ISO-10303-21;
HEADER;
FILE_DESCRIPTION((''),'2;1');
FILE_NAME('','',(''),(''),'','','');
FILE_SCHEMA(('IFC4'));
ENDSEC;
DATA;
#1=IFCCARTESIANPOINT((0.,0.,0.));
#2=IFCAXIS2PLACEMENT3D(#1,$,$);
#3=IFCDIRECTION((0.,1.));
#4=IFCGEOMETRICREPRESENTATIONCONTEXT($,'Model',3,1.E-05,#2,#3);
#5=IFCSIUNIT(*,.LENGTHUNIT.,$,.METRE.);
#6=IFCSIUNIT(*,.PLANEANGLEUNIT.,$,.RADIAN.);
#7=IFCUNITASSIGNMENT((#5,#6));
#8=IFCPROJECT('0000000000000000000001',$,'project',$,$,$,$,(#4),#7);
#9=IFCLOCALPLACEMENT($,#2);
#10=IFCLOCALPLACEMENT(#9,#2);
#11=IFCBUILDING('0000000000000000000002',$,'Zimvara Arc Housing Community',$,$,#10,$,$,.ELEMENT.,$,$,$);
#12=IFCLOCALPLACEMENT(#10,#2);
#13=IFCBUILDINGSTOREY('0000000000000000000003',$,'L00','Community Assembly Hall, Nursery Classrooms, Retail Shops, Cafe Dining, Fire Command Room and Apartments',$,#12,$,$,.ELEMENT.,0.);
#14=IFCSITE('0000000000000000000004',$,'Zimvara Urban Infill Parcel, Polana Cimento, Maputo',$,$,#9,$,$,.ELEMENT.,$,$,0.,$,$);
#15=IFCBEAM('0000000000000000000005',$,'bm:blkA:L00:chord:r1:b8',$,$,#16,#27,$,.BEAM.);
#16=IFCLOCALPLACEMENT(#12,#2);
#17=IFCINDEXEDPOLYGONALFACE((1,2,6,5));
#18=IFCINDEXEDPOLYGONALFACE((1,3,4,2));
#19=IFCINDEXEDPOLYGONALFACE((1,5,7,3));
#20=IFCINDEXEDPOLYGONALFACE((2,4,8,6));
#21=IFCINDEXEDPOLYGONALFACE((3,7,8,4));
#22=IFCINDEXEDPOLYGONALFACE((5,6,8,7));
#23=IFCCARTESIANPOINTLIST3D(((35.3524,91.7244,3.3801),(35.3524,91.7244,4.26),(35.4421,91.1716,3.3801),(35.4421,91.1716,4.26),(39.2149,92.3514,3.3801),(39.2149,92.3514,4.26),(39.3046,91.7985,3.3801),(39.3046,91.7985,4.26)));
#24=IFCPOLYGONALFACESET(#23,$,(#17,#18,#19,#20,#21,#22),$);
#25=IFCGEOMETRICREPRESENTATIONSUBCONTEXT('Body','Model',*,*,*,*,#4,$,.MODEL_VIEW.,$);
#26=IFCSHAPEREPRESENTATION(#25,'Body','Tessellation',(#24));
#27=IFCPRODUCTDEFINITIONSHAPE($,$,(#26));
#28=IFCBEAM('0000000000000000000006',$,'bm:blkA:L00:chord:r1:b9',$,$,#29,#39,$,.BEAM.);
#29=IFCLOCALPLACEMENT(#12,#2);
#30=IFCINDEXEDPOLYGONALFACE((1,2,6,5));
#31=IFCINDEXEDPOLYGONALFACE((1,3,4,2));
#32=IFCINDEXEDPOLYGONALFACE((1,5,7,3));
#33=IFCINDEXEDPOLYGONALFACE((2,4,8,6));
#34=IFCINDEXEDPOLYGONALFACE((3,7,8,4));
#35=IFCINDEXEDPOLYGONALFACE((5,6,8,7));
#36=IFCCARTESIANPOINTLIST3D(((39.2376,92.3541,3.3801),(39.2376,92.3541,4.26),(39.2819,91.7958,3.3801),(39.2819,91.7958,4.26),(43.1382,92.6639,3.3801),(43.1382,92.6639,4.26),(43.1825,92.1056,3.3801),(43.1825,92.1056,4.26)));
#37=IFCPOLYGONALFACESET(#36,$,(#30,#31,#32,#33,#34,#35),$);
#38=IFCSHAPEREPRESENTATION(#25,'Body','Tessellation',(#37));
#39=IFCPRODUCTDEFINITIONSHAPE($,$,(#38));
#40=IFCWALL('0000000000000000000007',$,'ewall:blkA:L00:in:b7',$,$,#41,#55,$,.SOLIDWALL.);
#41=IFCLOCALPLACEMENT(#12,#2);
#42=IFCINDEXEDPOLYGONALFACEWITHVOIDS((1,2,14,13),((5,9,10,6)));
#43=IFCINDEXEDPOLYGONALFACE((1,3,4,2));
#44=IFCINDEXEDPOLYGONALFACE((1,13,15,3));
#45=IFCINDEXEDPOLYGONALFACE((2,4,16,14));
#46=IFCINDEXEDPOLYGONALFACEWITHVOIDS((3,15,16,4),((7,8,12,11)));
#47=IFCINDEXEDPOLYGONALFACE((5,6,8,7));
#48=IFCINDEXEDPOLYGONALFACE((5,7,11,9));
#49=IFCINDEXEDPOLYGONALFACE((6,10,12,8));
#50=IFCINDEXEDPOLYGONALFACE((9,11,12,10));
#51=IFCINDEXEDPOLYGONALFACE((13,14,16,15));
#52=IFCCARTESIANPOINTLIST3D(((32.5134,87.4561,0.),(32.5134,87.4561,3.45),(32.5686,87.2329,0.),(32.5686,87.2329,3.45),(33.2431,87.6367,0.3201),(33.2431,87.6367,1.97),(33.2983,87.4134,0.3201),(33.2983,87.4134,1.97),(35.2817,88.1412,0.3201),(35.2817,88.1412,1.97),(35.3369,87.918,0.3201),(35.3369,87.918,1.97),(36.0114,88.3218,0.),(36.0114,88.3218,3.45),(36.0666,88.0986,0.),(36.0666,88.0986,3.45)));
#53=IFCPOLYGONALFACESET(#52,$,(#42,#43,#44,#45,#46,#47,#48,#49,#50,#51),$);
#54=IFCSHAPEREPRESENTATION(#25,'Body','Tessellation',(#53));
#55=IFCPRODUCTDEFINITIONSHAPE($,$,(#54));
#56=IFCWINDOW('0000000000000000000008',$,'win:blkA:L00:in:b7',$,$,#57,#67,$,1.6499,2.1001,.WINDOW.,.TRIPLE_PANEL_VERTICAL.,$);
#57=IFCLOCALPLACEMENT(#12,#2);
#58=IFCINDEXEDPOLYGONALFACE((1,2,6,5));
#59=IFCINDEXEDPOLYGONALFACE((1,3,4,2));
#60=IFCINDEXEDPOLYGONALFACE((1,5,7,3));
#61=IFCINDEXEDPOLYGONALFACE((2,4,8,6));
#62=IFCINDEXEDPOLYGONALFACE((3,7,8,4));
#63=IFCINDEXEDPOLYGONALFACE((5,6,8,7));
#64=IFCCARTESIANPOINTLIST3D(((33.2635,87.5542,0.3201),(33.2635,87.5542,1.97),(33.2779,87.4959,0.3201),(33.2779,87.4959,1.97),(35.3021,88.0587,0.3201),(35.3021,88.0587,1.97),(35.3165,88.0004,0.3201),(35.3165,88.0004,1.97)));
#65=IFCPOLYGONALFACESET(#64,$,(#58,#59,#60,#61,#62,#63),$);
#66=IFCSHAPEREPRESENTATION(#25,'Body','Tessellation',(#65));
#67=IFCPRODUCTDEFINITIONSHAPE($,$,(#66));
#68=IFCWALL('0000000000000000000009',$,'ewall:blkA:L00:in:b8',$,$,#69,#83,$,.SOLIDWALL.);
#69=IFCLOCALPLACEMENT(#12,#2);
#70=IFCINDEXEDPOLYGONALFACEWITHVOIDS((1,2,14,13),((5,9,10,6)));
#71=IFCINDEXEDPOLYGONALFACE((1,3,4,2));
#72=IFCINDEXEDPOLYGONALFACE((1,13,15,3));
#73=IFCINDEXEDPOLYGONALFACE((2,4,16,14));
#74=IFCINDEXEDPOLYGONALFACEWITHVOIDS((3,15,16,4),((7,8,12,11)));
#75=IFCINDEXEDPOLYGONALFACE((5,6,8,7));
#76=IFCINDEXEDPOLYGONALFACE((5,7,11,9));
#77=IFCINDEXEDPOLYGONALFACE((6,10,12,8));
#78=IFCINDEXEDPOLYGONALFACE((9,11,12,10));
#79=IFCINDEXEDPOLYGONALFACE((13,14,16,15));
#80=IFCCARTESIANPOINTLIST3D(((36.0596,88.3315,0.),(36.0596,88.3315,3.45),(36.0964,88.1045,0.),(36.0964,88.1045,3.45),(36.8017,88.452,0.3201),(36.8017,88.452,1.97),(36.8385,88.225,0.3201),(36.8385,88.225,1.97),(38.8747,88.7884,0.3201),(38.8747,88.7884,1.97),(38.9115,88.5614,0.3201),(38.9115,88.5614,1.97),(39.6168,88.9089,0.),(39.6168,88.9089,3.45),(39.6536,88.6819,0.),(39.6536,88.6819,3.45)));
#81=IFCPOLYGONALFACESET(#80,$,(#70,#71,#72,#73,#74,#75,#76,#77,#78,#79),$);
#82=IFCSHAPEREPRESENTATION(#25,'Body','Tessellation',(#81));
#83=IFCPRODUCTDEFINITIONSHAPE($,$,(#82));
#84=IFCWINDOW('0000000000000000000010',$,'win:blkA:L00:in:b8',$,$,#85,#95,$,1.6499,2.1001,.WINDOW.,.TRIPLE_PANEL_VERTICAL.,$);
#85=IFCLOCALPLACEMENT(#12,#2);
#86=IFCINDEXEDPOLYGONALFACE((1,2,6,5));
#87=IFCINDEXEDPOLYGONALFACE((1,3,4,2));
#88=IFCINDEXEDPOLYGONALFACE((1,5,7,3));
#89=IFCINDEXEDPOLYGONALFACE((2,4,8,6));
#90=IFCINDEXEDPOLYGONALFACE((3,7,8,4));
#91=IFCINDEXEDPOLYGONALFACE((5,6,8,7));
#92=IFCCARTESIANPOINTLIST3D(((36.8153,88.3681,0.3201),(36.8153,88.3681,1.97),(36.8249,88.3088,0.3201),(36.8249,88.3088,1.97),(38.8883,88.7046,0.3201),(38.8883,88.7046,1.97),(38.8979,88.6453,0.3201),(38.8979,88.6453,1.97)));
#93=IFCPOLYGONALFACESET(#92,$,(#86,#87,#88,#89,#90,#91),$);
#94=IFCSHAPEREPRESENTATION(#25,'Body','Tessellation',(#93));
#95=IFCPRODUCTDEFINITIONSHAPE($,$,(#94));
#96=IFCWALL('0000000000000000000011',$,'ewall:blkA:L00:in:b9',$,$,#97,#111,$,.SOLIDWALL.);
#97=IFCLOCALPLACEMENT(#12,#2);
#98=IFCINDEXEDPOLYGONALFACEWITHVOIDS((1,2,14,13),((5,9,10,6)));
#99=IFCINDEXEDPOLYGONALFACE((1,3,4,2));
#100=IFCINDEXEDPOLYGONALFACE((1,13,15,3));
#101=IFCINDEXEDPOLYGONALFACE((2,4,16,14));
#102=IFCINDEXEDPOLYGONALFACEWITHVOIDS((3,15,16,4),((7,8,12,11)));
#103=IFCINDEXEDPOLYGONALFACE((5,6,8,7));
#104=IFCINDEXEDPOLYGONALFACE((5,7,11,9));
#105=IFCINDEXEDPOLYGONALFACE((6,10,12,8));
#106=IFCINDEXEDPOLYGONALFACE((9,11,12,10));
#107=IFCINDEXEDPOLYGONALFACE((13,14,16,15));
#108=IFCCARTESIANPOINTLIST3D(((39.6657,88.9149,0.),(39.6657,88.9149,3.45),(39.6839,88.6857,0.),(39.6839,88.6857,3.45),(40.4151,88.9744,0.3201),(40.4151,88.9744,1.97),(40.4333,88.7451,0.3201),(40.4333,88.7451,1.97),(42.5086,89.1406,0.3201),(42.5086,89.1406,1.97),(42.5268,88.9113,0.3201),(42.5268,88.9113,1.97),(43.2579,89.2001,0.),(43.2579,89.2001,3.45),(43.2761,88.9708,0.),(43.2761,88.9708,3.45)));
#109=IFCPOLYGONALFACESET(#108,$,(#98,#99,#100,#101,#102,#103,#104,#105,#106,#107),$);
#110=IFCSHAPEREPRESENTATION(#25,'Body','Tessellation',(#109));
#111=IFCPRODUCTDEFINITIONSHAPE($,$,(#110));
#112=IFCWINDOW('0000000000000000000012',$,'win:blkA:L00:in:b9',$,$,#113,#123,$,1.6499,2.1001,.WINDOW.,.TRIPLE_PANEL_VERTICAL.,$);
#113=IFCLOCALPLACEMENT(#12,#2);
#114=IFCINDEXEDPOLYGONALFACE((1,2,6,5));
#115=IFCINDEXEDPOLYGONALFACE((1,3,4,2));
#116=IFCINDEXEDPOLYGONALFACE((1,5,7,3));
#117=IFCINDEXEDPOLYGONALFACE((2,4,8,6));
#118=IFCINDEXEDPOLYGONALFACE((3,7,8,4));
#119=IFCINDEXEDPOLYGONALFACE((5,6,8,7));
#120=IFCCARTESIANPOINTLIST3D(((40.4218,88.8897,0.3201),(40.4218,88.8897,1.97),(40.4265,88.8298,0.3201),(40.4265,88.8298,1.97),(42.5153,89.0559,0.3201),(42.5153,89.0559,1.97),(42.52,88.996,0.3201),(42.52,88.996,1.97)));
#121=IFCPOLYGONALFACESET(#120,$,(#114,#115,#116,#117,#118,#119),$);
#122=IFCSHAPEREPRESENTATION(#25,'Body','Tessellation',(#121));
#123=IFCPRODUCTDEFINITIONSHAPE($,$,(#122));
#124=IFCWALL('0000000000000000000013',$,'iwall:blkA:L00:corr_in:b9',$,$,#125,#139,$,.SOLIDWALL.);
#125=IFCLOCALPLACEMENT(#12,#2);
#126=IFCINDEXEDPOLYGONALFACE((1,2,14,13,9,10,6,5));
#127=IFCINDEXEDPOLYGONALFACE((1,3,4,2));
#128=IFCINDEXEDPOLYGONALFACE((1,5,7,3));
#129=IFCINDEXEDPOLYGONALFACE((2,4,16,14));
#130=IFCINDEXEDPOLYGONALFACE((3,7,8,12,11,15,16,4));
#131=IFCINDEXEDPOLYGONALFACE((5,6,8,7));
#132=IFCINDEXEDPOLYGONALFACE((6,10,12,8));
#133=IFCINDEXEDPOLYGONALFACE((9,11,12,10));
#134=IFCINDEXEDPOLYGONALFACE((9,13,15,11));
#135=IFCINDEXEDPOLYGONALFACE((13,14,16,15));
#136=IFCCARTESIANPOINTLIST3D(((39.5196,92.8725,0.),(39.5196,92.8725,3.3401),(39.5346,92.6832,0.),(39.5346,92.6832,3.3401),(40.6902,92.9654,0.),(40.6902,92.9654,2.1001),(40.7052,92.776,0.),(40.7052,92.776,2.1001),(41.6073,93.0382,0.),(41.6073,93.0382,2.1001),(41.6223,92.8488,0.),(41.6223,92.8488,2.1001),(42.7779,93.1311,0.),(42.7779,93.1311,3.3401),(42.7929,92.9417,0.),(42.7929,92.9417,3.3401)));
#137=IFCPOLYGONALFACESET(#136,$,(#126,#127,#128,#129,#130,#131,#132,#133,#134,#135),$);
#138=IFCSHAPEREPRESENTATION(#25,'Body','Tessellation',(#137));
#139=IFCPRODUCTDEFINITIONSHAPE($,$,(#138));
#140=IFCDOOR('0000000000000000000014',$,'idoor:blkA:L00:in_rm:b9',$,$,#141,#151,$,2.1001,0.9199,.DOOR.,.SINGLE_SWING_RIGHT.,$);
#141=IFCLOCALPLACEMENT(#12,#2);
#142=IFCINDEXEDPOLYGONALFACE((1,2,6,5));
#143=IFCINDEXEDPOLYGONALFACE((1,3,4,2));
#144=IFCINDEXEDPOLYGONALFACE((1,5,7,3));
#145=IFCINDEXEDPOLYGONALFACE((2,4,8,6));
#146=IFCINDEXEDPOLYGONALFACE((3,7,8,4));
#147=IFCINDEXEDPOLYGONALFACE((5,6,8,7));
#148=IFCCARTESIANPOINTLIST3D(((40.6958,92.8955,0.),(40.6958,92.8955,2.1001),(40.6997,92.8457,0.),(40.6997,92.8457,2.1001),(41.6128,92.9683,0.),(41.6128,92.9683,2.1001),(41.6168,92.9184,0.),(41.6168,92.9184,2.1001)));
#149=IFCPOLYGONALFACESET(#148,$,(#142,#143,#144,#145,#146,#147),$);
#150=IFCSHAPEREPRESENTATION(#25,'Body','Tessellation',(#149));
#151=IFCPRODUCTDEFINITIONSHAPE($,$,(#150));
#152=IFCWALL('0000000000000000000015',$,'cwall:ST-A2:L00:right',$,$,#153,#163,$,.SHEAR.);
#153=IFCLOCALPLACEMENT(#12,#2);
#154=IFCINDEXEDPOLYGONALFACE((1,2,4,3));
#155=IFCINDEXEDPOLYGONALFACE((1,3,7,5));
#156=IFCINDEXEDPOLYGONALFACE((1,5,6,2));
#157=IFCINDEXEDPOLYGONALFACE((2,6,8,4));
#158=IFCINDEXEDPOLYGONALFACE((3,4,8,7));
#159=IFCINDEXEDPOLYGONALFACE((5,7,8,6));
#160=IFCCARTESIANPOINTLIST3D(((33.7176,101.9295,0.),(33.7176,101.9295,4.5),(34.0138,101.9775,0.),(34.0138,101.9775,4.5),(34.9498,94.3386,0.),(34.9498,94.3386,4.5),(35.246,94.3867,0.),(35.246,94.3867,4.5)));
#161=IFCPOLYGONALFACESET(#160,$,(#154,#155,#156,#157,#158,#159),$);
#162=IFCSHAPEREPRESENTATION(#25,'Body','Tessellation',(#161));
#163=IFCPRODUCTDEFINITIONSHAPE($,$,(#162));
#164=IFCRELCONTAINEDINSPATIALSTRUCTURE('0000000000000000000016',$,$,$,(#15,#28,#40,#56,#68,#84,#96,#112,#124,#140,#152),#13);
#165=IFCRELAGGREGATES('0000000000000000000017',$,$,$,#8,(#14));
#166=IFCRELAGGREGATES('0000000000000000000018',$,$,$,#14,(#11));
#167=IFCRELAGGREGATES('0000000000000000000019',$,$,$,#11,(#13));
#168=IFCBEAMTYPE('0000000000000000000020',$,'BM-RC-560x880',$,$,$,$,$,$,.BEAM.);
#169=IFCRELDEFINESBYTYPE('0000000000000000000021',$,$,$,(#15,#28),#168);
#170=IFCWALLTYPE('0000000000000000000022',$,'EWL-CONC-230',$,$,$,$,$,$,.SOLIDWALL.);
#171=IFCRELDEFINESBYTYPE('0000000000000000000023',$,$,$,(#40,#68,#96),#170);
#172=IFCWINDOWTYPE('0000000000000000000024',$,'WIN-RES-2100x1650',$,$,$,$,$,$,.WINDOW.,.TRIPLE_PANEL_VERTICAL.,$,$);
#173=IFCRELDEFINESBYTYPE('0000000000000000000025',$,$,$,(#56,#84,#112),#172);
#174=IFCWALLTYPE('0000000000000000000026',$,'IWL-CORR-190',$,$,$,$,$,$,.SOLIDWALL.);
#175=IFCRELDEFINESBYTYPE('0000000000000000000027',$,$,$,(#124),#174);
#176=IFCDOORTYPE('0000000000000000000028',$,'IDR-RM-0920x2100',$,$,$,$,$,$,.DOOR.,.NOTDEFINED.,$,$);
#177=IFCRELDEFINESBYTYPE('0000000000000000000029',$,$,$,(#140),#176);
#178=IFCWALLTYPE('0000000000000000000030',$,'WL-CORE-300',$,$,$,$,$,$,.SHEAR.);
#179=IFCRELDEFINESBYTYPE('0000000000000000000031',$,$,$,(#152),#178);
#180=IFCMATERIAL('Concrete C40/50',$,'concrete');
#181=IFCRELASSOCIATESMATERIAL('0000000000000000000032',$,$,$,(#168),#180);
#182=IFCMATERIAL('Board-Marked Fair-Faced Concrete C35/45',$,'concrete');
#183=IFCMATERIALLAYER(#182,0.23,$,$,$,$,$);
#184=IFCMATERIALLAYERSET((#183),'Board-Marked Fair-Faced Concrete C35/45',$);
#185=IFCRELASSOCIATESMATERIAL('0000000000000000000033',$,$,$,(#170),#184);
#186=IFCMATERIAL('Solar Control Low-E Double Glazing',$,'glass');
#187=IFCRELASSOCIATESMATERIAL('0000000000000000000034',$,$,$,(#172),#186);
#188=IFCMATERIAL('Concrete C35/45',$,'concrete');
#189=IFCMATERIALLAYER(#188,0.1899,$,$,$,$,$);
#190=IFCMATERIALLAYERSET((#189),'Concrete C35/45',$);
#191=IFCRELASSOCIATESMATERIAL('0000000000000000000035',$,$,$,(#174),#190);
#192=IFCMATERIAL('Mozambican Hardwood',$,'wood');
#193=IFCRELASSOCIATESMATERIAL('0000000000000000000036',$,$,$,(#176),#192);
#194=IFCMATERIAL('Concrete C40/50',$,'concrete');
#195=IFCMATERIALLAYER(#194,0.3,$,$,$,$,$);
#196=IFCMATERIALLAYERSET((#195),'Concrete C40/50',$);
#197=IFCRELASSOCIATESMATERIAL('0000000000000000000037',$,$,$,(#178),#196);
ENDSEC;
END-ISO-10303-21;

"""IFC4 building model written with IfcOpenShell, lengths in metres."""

from ifc_helpers import new_model, si_unit, direction, frame, frame_2d, origin, origin_2d, place, context, subcontext, project, spatial, rectangle, extrude, material, layer, layer_set, material_profile, profile_set, type_object, element, fill, save


model = new_model("IFC4")

# Units and contexts
model_context = context("Model", 3, precision=1e-05, world=origin(), true_north=direction((0.0, 1.0)))
body_context = subcontext(model_context, "Body", "Model", "MODEL_VIEW")
ifc_project = project(units=[si_unit("LENGTHUNIT", "METRE"), si_unit("PLANEANGLEUNIT", "RADIAN")], contexts=[model_context])

# Site, building, storey
site_placement = place(None, origin())
site = spatial("IfcSite", under=ifc_project, at=site_placement, Name="Zimvara Urban Infill Parcel, Polana Cimento, Maputo", CompositionType="ELEMENT", RefElevation=0.0)
building_placement = place(site_placement, origin())
building = spatial("IfcBuilding", under=site, at=building_placement, Name="Zimvara Arc Housing Community", CompositionType="ELEMENT")
storey_placement = place(building_placement, origin())
storey = spatial("IfcBuildingStorey", under=building, at=storey_placement, Name="L00", Description="Community Assembly Hall, Nursery Classrooms, Retail Shops, Cafe Dining, Fire Command Room and Apartments", CompositionType="ELEMENT", Elevation=0.0)

# Beams
ifc_material_1 = material(Name="Concrete C40/50", Category="concrete")
ifc_material_profile_1 = material_profile(ifc_material_1, rectangle(XDim=0.5601, YDim=0.8799, at=origin_2d()), Name="RC 560x880")
ifc_profile_set_1 = profile_set([ifc_material_profile_1], Name="Concrete C40/50")
beam_type_1 = type_object("IfcBeamType", Name="BM-RC-560x880", PredefinedType="BEAM", material=ifc_profile_set_1)
beam_1_placement = place(storey_placement, frame((35.3972, 91.448, 3.8201), z_axis=(0.987081, 0.160219, 0.0), x_axis=(-0.160219, 0.987081, 0.0)))
element("IfcBeam", 1, at=beam_1_placement, inside=storey, type_object=beam_type_1, Name="bm:blkA:L00:chord:r1:b8", PredefinedType="BEAM", context=body_context, shape_type="SweptSolid", body=[
    extrude(rectangle(XDim=0.5601, YDim=0.8799, at=origin_2d()), origin(), (0.0, 0.0, 1.0), 3.9131),
])
beam_2_placement = place(storey_placement, frame((39.2598, 92.075, 3.8201), z_axis=(0.996861, 0.079177, 0.0), x_axis=(-0.079177, 0.996861, 0.0)))
element("IfcBeam", 2, at=beam_2_placement, inside=storey, type_object=beam_type_1, Name="bm:blkA:L00:chord:r1:b9", PredefinedType="BEAM", context=body_context, shape_type="SweptSolid", body=[
    extrude(rectangle(XDim=0.5601, YDim=0.8799, at=origin_2d()), origin(), (0.0, 0.0, 1.0), 3.9128),
])

# Walls, openings, windows
ifc_material_2 = material(Name="Board-Marked Fair-Faced Concrete C35/45", Category="concrete")
ifc_layer_1 = layer(ifc_material_2, 0.23)
ifc_layer_set_1 = layer_set([ifc_layer_1], Name="Board-Marked Fair-Faced Concrete C35/45")
wall_type_1 = type_object("IfcWallType", Name="EWL-CONC-230", PredefinedType="SOLIDWALL", material=ifc_layer_set_1)
wall_1_placement = place(storey_placement, frame((32.541, 87.3445, 0.0), z_axis=(0.0, 0.0, 1.0), x_axis=(0.970714, 0.240239, 0.0)))
wall_1 = element("IfcWall", 3, at=wall_1_placement, inside=storey, type_object=wall_type_1, Name="ewall:blkA:L00:in:b7", PredefinedType="SOLIDWALL", context=body_context, shape_type="SweptSolid", body=[
    extrude(rectangle(XDim=3.6035, YDim=0.23, at=frame_2d((1.8018, 0.0))), origin(), (0.0, 0.0, 1.0), 3.45),
])
opening_1_placement = place(wall_1_placement, frame((0.7517, 0.0, 0.3201)))
opening_1 = element("IfcOpeningElement", 4, at=opening_1_placement, cuts=wall_1, PredefinedType="OPENING", context=body_context, shape_type="SweptSolid", body=[
    extrude(rectangle(XDim=2.1001, YDim=1.6499, at=frame_2d((1.05, 0.825))), frame((0.0, 0.125, 0.0), z_axis=(0.0, -1.0, 0.0), x_axis=(1.0, 0.0, 0.0)), (0.0, 0.0, 1.0), 0.25),
])
ifc_material_3 = material(Name="Solar Control Low-E Double Glazing", Category="glass")
window_type = type_object("IfcWindowType", Name="WIN-RES-2100x1650", PartitioningType="TRIPLE_PANEL_VERTICAL", PredefinedType="WINDOW", material=ifc_material_3)
window_1_placement = place(opening_1_placement, origin())
window_1 = element("IfcWindow", 5, at=window_1_placement, inside=storey, type_object=window_type, Name="win:blkA:L00:in:b7", OverallHeight=1.6499, OverallWidth=2.1001, PartitioningType="TRIPLE_PANEL_VERTICAL", PredefinedType="WINDOW", context=body_context, shape_type="SweptSolid", body=[
    extrude(rectangle(XDim=2.1001, YDim=1.6499, at=frame_2d((1.05, 0.825))), frame((0.0, 0.03, 0.0), z_axis=(0.0, -1.0, 0.0), x_axis=(1.0, 0.0, 0.0)), (0.0, 0.0, 1.0), 0.0601),
])
fill(opening_1, window_1)
wall_2_placement = place(storey_placement, frame((36.0781, 88.218, 0.0), z_axis=(0.0, 0.0, 1.0), x_axis=(0.987081, 0.160223, 0.0)))
wall_2 = element("IfcWall", 6, at=wall_2_placement, inside=storey, type_object=wall_type_1, Name="ewall:blkA:L00:in:b8", PredefinedType="SOLIDWALL", context=body_context, shape_type="SweptSolid", body=[
    extrude(rectangle(XDim=3.6038, YDim=0.23, at=frame_2d((1.8018, 0.0))), origin(), (0.0, 0.0, 1.0), 3.45),
])
opening_2_placement = place(wall_2_placement, frame((0.7517, 0.0, 0.3201)))
opening_2 = element("IfcOpeningElement", 7, at=opening_2_placement, cuts=wall_2, PredefinedType="OPENING", context=body_context, shape_type="SweptSolid", body=[
    extrude(rectangle(XDim=2.1001, YDim=1.6499, at=frame_2d((1.05, 0.825))), frame((0.0, 0.125, 0.0), z_axis=(0.0, -1.0, 0.0), x_axis=(1.0, 0.0, 0.0)), (0.0, 0.0, 1.0), 0.25),
])
window_2_placement = place(opening_2_placement, origin())
window_2 = element("IfcWindow", 8, at=window_2_placement, inside=storey, type_object=window_type, Name="win:blkA:L00:in:b8", OverallHeight=1.6499, OverallWidth=2.1001, PartitioningType="TRIPLE_PANEL_VERTICAL", PredefinedType="WINDOW", context=body_context, shape_type="SweptSolid", body=[
    extrude(rectangle(XDim=2.1001, YDim=1.6499, at=frame_2d((1.05, 0.825))), frame((0.0, 0.03, 0.0), z_axis=(0.0, -1.0, 0.0), x_axis=(1.0, 0.0, 0.0)), (0.0, 0.0, 1.0), 0.0601),
])
fill(opening_2, window_2)
wall_3_placement = place(storey_placement, frame((39.6748, 88.8003, 0.0), z_axis=(0.0, 0.0, 1.0), x_axis=(0.996864, 0.079131, 0.0)))
wall_3 = element("IfcWall", 9, at=wall_3_placement, inside=storey, type_object=wall_type_1, Name="ewall:blkA:L00:in:b9", PredefinedType="SOLIDWALL", context=body_context, shape_type="SweptSolid", body=[
    extrude(rectangle(XDim=3.6035, YDim=0.23, at=frame_2d((1.8018, 0.0))), origin(), (0.0, 0.0, 1.0), 3.45),
])
opening_3_placement = place(wall_3_placement, frame((0.7517, 0.0, 0.3201)))
opening_3 = element("IfcOpeningElement", 10, at=opening_3_placement, cuts=wall_3, PredefinedType="OPENING", context=body_context, shape_type="SweptSolid", body=[
    extrude(rectangle(XDim=2.1001, YDim=1.6499, at=frame_2d((1.05, 0.825))), frame((0.0, 0.125, 0.0), z_axis=(0.0, -1.0, 0.0), x_axis=(1.0, 0.0, 0.0)), (0.0, 0.0, 1.0), 0.25),
])
window_3_placement = place(opening_3_placement, origin())
window_3 = element("IfcWindow", 11, at=window_3_placement, inside=storey, type_object=window_type, Name="win:blkA:L00:in:b9", OverallHeight=1.6499, OverallWidth=2.1001, PartitioningType="TRIPLE_PANEL_VERTICAL", PredefinedType="WINDOW", context=body_context, shape_type="SweptSolid", body=[
    extrude(rectangle(XDim=2.1001, YDim=1.6499, at=frame_2d((1.05, 0.825))), frame((0.0, 0.03, 0.0), z_axis=(0.0, -1.0, 0.0), x_axis=(1.0, 0.0, 0.0)), (0.0, 0.0, 1.0), 0.0601),
])
fill(opening_3, window_3)

# Wall, opening, door
ifc_material_4 = material(Name="Concrete C35/45", Category="concrete")
ifc_layer_2 = layer(ifc_material_4, 0.1899)
ifc_layer_set_2 = layer_set([ifc_layer_2], Name="Concrete C35/45")
wall_type_2 = type_object("IfcWallType", Name="IWL-CORR-190", PredefinedType="SOLIDWALL", material=ifc_layer_set_2)
wall_4_placement = place(storey_placement, frame((39.5271, 92.7778, 0.0), z_axis=(0.0, 0.0, 1.0), x_axis=(0.996867, 0.079101, 0.0)))
wall_4 = element("IfcWall", 12, at=wall_4_placement, inside=storey, type_object=wall_type_2, Name="iwall:blkA:L00:corr_in:b9", PredefinedType="SOLIDWALL", context=body_context, shape_type="SweptSolid", body=[
    extrude(rectangle(XDim=3.2686, YDim=0.1899, at=frame_2d((1.6343, 0.0))), origin(), (0.0, 0.0, 1.0), 3.3401),
])
opening_4_placement = place(wall_4_placement, frame((1.1743, 0.0, 0.0)))
opening_4 = element("IfcOpeningElement", 13, at=opening_4_placement, cuts=wall_4, PredefinedType="OPENING", context=body_context, shape_type="SweptSolid", body=[
    extrude(rectangle(XDim=0.9199, YDim=2.1001, at=frame_2d((0.46, 1.05))), frame((0.0, 0.105, 0.0), z_axis=(0.0, -1.0, 0.0), x_axis=(1.0, 0.0, 0.0)), (0.0, 0.0, 1.0), 0.21),
])
ifc_material_5 = material(Name="Mozambican Hardwood", Category="wood")
door_type_1 = type_object("IfcDoorType", Name="IDR-RM-0920x2100", OperationType="NOTDEFINED", PredefinedType="DOOR", material=ifc_material_5)
door_1_placement = place(opening_4_placement, origin())
door_1 = element("IfcDoor", 14, at=door_1_placement, inside=storey, type_object=door_type_1, Name="idoor:blkA:L00:in_rm:b9", OperationType="SINGLE_SWING_RIGHT", OverallHeight=2.1001, OverallWidth=0.9199, PredefinedType="DOOR", context=body_context, shape_type="SweptSolid", body=[
    extrude(rectangle(XDim=0.9199, YDim=2.1001, at=frame_2d((0.46, 1.05))), frame((0.0, 0.0249, 0.0), z_axis=(0.0, -1.0, 0.0), x_axis=(1.0, 0.0, 0.0)), (0.0, 0.0, 1.0), 0.05),
])
fill(opening_4, door_1)

# Wall
ifc_material_6 = material(Name="Concrete C40/50", Category="concrete")
ifc_layer_3 = layer(ifc_material_6, 0.3)
ifc_layer_set_3 = layer_set([ifc_layer_3], Name="Concrete C40/50")
wall_type_3 = type_object("IfcWallType", Name="WL-CORE-300", PredefinedType="SHEAR", material=ifc_layer_set_3)
wall_5_placement = place(storey_placement, frame((35.0979, 94.3625, 0.0), z_axis=(0.0, 0.0, 1.0), x_axis=(-0.160227, 0.98708, 0.0)))
element("IfcWall", 15, at=wall_5_placement, inside=storey, type_object=wall_type_3, Name="cwall:ST-A2:L00:right", PredefinedType="SHEAR", context=body_context, shape_type="SweptSolid", body=[
    extrude(rectangle(XDim=7.6902, YDim=0.3, at=frame_2d((3.8452, 0.0))), origin(), (0.0, 0.0, 1.0), 4.5),
])

save(model, "model.ifc")
